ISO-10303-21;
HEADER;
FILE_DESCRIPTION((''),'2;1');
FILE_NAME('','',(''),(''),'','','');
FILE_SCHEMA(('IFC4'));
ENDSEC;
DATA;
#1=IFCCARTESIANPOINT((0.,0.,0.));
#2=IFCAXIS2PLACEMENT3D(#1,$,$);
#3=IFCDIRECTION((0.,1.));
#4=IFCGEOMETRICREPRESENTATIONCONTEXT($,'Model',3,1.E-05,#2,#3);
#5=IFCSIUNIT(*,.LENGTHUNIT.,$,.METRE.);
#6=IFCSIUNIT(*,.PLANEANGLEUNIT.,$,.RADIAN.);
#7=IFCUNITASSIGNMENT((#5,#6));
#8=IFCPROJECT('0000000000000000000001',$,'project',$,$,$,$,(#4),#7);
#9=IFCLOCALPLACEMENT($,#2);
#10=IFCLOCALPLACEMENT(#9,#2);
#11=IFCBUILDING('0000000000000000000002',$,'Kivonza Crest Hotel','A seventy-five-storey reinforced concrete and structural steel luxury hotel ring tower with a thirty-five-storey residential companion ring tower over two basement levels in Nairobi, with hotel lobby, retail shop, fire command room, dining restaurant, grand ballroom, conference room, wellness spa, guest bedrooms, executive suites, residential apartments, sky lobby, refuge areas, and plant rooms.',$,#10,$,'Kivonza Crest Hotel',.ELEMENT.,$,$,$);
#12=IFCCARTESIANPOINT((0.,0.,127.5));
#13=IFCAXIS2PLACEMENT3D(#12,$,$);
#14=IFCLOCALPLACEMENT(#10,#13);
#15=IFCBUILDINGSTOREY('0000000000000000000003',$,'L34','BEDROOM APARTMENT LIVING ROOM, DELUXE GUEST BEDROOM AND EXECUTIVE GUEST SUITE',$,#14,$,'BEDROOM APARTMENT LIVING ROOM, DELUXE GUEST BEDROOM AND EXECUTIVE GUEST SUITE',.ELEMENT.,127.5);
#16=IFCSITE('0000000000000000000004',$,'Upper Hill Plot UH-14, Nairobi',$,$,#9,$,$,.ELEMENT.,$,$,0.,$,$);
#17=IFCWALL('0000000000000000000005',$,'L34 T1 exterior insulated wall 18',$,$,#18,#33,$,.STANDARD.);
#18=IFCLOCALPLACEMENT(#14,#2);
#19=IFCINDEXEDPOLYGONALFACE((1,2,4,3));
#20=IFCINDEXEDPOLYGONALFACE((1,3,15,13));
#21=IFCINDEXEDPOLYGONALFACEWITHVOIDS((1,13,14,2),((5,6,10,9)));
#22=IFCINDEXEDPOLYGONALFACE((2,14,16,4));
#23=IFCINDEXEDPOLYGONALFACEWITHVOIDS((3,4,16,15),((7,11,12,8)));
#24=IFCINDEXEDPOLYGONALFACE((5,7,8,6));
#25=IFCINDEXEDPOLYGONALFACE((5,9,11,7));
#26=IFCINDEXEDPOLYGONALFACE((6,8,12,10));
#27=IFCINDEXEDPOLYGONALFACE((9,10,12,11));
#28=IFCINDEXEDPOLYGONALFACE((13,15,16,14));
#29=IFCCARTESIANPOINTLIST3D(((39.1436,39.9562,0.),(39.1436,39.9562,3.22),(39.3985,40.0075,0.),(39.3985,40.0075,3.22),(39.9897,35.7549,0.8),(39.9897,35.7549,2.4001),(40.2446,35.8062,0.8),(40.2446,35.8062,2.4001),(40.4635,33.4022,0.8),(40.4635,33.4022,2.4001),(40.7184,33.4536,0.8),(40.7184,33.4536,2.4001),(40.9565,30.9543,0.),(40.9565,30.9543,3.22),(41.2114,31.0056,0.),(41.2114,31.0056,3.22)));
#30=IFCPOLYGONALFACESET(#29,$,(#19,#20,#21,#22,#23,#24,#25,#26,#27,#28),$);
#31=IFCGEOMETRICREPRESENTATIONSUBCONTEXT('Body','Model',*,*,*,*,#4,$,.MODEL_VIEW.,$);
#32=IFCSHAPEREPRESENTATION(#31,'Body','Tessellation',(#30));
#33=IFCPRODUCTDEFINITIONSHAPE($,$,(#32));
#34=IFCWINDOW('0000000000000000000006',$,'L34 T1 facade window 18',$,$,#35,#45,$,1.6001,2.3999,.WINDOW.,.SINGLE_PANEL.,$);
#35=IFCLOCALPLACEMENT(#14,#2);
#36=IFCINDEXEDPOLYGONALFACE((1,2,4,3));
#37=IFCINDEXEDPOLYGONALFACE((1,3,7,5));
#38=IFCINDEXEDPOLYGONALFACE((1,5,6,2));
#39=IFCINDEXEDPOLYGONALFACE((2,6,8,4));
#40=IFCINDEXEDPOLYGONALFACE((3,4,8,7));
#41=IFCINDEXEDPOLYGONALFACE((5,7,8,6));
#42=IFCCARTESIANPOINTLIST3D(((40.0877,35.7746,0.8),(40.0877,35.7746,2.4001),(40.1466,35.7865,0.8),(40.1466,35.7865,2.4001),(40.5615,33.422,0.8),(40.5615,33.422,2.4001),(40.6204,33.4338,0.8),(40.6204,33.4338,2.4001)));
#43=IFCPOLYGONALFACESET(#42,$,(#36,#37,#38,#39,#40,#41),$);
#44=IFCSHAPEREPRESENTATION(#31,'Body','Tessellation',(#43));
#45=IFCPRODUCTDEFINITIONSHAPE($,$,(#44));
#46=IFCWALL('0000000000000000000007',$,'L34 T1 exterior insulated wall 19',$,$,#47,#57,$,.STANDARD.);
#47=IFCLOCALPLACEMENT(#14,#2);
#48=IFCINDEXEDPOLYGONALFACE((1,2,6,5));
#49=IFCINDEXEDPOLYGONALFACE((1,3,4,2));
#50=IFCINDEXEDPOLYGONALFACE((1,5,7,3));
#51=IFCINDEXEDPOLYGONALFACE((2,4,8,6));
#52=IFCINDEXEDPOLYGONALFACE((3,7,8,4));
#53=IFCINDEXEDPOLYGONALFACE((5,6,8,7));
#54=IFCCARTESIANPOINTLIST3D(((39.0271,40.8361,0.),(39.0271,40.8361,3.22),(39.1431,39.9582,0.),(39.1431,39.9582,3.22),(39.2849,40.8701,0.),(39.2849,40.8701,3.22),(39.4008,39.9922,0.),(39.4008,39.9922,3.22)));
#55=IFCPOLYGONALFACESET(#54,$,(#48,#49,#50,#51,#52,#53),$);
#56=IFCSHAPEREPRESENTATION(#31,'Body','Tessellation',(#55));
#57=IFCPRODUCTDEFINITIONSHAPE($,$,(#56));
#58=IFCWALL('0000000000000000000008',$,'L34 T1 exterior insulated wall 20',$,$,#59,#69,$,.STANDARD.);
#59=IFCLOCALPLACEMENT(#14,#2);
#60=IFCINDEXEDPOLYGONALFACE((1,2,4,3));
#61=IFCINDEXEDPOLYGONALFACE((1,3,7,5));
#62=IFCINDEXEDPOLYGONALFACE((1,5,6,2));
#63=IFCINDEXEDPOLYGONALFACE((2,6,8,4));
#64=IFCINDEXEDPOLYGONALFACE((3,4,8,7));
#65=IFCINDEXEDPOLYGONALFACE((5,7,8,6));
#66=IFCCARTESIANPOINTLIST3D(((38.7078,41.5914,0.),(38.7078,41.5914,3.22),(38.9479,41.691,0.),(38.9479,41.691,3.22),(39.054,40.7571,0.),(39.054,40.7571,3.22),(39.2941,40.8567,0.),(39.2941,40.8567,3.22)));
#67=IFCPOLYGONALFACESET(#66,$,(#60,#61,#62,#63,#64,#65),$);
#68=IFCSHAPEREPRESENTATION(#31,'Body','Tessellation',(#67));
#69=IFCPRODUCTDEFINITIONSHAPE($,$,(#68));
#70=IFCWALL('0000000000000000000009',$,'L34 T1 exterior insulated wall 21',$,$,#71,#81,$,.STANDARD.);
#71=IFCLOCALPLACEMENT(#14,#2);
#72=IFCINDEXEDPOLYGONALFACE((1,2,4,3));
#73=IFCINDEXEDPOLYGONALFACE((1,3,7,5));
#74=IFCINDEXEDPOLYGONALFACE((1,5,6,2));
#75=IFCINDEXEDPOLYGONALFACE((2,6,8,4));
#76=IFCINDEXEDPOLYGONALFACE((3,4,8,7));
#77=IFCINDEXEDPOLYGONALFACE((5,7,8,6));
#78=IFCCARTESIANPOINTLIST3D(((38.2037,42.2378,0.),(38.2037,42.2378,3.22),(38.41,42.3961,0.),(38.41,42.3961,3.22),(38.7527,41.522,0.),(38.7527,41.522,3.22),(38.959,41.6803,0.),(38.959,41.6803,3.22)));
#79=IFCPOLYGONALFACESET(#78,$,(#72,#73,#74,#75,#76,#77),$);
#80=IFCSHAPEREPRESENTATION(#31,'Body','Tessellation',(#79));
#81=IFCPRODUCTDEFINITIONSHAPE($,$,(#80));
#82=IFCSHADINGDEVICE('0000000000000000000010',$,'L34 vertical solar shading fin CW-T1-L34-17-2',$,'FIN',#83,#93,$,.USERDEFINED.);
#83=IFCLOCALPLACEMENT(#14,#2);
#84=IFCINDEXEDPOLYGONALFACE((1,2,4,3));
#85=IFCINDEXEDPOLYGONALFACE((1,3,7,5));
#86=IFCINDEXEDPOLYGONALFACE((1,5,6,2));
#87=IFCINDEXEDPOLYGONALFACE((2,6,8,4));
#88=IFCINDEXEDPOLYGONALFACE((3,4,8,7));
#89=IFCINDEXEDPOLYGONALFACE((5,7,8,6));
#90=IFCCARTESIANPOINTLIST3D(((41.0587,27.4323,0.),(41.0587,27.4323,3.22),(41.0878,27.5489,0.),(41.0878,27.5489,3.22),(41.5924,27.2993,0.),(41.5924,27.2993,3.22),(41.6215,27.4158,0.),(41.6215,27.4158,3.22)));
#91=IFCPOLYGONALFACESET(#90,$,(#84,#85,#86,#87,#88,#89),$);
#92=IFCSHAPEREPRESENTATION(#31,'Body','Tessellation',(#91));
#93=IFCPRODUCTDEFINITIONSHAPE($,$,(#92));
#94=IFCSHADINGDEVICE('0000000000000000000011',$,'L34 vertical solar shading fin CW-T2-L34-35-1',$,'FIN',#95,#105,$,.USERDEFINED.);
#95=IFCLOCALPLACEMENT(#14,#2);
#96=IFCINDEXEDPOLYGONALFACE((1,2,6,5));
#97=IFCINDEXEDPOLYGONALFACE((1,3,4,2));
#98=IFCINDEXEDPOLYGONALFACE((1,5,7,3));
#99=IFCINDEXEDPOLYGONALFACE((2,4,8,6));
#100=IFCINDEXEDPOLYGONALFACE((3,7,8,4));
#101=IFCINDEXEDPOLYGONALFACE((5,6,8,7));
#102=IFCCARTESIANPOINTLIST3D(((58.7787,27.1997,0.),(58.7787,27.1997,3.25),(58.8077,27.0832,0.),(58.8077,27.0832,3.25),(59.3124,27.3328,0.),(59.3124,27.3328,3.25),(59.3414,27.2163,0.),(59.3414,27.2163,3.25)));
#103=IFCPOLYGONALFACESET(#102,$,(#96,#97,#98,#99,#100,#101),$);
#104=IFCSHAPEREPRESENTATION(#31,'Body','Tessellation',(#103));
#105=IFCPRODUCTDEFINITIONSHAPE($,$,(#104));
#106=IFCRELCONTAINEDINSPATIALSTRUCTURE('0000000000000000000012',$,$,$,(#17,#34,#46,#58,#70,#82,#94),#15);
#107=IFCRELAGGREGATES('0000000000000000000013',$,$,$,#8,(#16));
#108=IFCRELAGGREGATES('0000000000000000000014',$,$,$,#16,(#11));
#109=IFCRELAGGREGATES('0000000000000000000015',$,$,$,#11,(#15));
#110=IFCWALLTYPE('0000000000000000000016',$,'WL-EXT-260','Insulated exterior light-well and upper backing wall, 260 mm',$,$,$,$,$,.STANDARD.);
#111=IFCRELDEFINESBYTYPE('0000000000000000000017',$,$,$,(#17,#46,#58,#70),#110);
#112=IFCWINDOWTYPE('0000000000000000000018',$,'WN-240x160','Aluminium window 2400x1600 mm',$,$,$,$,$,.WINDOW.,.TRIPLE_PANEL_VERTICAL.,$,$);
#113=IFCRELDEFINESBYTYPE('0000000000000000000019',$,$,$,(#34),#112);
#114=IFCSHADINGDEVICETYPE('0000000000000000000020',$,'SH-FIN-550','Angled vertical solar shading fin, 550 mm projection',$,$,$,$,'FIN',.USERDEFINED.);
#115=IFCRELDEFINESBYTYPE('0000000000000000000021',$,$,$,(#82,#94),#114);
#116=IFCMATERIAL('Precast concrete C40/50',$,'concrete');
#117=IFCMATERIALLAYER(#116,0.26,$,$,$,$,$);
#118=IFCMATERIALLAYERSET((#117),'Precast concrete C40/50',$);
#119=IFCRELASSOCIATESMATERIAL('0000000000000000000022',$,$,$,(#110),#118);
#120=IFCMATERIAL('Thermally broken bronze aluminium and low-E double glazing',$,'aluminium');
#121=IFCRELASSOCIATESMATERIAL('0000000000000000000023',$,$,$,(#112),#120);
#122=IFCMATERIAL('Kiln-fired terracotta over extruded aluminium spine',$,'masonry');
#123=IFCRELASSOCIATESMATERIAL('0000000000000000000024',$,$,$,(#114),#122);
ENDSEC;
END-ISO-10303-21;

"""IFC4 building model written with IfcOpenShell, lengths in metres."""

from ifc_helpers import new_model, si_unit, direction, frame, frame_2d, origin, origin_2d, place, context, subcontext, project, spatial, rectangle, extrude, material, layer, layer_set, type_object, element, fill, save


model = new_model("IFC4")

# Units and contexts
model_context = context("Model", 3, precision=1e-05, world=origin(), true_north=direction((0.0, 1.0)))
body_context = subcontext(model_context, "Body", "Model", "MODEL_VIEW")
ifc_project = project(units=[si_unit("LENGTHUNIT", "METRE"), si_unit("PLANEANGLEUNIT", "RADIAN")], contexts=[model_context])

# Site, building, storey
site_placement = place(None, origin())
site = spatial("IfcSite", under=ifc_project, at=site_placement, Name="Upper Hill Plot UH-14, Nairobi", CompositionType="ELEMENT", RefElevation=0.0)
building_placement = place(site_placement, origin())
building = spatial("IfcBuilding", under=site, at=building_placement, Name="Kivonza Crest Hotel", Description="A seventy-five-storey reinforced concrete and structural steel luxury hotel ring tower with a thirty-five-storey residential companion ring tower over two basement levels in Nairobi, with hotel lobby, retail shop, fire command room, dining restaurant, grand ballroom, conference room, wellness spa, guest bedrooms, executive suites, residential apartments, sky lobby, refuge areas, and plant rooms.", LongName="Kivonza Crest Hotel", CompositionType="ELEMENT")
storey_placement = place(building_placement, frame((0.0, 0.0, 127.5)))
storey = spatial("IfcBuildingStorey", under=building, at=storey_placement, Name="L34", Description="BEDROOM APARTMENT LIVING ROOM, DELUXE GUEST BEDROOM AND EXECUTIVE GUEST SUITE", LongName="BEDROOM APARTMENT LIVING ROOM, DELUXE GUEST BEDROOM AND EXECUTIVE GUEST SUITE", CompositionType="ELEMENT", Elevation=127.5)

# Wall, opening, window
ifc_material_1 = material(Name="Precast concrete C40/50", Category="concrete")
ifc_layer_1 = layer(ifc_material_1, 0.26)
ifc_layer_set_1 = layer_set([ifc_layer_1], Name="Precast concrete C40/50")
wall_type_1 = type_object("IfcWallType", Name="WL-EXT-260", Description="Insulated exterior light-well and upper backing wall, 260 mm", PredefinedType="STANDARD", material=ifc_layer_set_1)
wall_1_placement = place(storey_placement, frame((41.084, 30.98, 0.0), z_axis=(0.0, 0.0, 1.0), x_axis=(-0.197435, 0.980316, 0.0)))
wall_1 = element("IfcWall", 1, at=wall_1_placement, inside=storey, type_object=wall_type_1, Name="L34 T1 exterior insulated wall 18", PredefinedType="STANDARD", context=body_context, shape_type="SweptSolid", body=[
    extrude(rectangle(XDim=9.1826, YDim=0.26, at=frame_2d((4.5913, 0.0))), origin(), (0.0, 0.0, 1.0), 3.22),
])
opening_placement = place(wall_1_placement, frame((2.4971, 0.0, 0.8)))
opening = element("IfcOpeningElement", 2, at=opening_placement, cuts=wall_1, PredefinedType="OPENING", context=body_context, shape_type="SweptSolid", body=[
    extrude(rectangle(XDim=2.3999, YDim=1.6001, at=frame_2d((1.2, 0.8))), frame((0.0, 0.1401, 0.0), z_axis=(0.0, -1.0, 0.0), x_axis=(1.0, 0.0, 0.0)), (0.0, 0.0, 1.0), 0.28),
])
ifc_material_2 = material(Name="Thermally broken bronze aluminium and low-E double glazing", Category="aluminium")
window_type = type_object("IfcWindowType", Name="WN-240x160", Description="Aluminium window 2400x1600 mm", PartitioningType="TRIPLE_PANEL_VERTICAL", PredefinedType="WINDOW", material=ifc_material_2)
window_placement = place(opening_placement, origin())
window = element("IfcWindow", 3, at=window_placement, inside=storey, type_object=window_type, Name="L34 T1 facade window 18", OverallHeight=1.6001, OverallWidth=2.3999, PartitioningType="SINGLE_PANEL", PredefinedType="WINDOW", context=body_context, shape_type="SweptSolid", body=[
    extrude(rectangle(XDim=2.3999, YDim=1.6001, at=frame_2d((1.2, 0.8))), frame((0.0, 0.03, 0.0), z_axis=(0.0, -1.0, 0.0), x_axis=(1.0, 0.0, 0.0)), (0.0, 0.0, 1.0), 0.0601),
])
fill(opening, window)

# Walls
wall_2_placement = place(storey_placement, frame((39.272, 39.9751, 0.0), z_axis=(0.0, 0.0, 1.0), x_axis=(-0.130954, 0.991388, 0.0)))
element("IfcWall", 4, at=wall_2_placement, inside=storey, type_object=wall_type_1, Name="L34 T1 exterior insulated wall 19", PredefinedType="STANDARD", context=body_context, shape_type="SweptSolid", body=[
    extrude(rectangle(XDim=0.8855, YDim=0.26, at=frame_2d((0.4429, 0.0))), origin(), (0.0, 0.0, 1.0), 3.22),
])
wall_3_placement = place(storey_placement, frame((39.1741, 40.8069, 0.0), z_axis=(0.0, 0.0, 1.0), x_axis=(-0.383291, 0.923628, 0.0)))
element("IfcWall", 5, at=wall_3_placement, inside=storey, type_object=wall_type_1, Name="L34 T1 exterior insulated wall 20", PredefinedType="STANDARD", context=body_context, shape_type="SweptSolid", body=[
    extrude(rectangle(XDim=0.9033, YDim=0.26, at=frame_2d((0.4517, 0.0))), origin(), (0.0, 0.0, 1.0), 3.22),
])
wall_4_placement = place(storey_placement, frame((38.856, 41.6011, 0.0), z_axis=(0.0, 0.0, 1.0), x_axis=(-0.608625, 0.793458, 0.0)))
element("IfcWall", 6, at=wall_4_placement, inside=storey, type_object=wall_type_1, Name="L34 T1 exterior insulated wall 21", PredefinedType="STANDARD", context=body_context, shape_type="SweptSolid", body=[
    extrude(rectangle(XDim=0.9021, YDim=0.26, at=frame_2d((0.4512, 0.0))), origin(), (0.0, 0.0, 1.0), 3.22),
])

# Shading devices
ifc_material_3 = material(Name="Kiln-fired terracotta over extruded aluminium spine", Category="masonry")
shading_device_type = type_object("IfcShadingDeviceType", Name="SH-FIN-550", Description="Angled vertical solar shading fin, 550 mm projection", ElementType="FIN", PredefinedType="USERDEFINED", material=ifc_material_3)
shading_device_1_placement = place(storey_placement, frame((41.3401, 27.4241, 0.0), z_axis=(0.0, 0.0, 1.0), x_axis=(0.241922, 0.970296, 0.0)))
element("IfcShadingDevice", 7, at=shading_device_1_placement, inside=storey, type_object=shading_device_type, Name="L34 vertical solar shading fin CW-T1-L34-17-2", ObjectType="FIN", PredefinedType="USERDEFINED", context=body_context, shape_type="SweptSolid", body=[
    extrude(rectangle(XDim=0.1201, YDim=0.55, at=origin_2d()), origin(), (0.0, 0.0, 1.0), 3.22),
])
shading_device_2_placement = place(storey_placement, frame((59.0601, 27.208, 0.0), z_axis=(0.0, 0.0, 1.0), x_axis=(0.241922, -0.970296, 0.0)))
element("IfcShadingDevice", 8, at=shading_device_2_placement, inside=storey, type_object=shading_device_type, Name="L34 vertical solar shading fin CW-T2-L34-35-1", ObjectType="FIN", PredefinedType="USERDEFINED", context=body_context, shape_type="SweptSolid", body=[
    extrude(rectangle(XDim=0.1201, YDim=0.55, at=origin_2d()), origin(), (0.0, 0.0, 1.0), 3.25),
])

save(model, "model.ifc")
